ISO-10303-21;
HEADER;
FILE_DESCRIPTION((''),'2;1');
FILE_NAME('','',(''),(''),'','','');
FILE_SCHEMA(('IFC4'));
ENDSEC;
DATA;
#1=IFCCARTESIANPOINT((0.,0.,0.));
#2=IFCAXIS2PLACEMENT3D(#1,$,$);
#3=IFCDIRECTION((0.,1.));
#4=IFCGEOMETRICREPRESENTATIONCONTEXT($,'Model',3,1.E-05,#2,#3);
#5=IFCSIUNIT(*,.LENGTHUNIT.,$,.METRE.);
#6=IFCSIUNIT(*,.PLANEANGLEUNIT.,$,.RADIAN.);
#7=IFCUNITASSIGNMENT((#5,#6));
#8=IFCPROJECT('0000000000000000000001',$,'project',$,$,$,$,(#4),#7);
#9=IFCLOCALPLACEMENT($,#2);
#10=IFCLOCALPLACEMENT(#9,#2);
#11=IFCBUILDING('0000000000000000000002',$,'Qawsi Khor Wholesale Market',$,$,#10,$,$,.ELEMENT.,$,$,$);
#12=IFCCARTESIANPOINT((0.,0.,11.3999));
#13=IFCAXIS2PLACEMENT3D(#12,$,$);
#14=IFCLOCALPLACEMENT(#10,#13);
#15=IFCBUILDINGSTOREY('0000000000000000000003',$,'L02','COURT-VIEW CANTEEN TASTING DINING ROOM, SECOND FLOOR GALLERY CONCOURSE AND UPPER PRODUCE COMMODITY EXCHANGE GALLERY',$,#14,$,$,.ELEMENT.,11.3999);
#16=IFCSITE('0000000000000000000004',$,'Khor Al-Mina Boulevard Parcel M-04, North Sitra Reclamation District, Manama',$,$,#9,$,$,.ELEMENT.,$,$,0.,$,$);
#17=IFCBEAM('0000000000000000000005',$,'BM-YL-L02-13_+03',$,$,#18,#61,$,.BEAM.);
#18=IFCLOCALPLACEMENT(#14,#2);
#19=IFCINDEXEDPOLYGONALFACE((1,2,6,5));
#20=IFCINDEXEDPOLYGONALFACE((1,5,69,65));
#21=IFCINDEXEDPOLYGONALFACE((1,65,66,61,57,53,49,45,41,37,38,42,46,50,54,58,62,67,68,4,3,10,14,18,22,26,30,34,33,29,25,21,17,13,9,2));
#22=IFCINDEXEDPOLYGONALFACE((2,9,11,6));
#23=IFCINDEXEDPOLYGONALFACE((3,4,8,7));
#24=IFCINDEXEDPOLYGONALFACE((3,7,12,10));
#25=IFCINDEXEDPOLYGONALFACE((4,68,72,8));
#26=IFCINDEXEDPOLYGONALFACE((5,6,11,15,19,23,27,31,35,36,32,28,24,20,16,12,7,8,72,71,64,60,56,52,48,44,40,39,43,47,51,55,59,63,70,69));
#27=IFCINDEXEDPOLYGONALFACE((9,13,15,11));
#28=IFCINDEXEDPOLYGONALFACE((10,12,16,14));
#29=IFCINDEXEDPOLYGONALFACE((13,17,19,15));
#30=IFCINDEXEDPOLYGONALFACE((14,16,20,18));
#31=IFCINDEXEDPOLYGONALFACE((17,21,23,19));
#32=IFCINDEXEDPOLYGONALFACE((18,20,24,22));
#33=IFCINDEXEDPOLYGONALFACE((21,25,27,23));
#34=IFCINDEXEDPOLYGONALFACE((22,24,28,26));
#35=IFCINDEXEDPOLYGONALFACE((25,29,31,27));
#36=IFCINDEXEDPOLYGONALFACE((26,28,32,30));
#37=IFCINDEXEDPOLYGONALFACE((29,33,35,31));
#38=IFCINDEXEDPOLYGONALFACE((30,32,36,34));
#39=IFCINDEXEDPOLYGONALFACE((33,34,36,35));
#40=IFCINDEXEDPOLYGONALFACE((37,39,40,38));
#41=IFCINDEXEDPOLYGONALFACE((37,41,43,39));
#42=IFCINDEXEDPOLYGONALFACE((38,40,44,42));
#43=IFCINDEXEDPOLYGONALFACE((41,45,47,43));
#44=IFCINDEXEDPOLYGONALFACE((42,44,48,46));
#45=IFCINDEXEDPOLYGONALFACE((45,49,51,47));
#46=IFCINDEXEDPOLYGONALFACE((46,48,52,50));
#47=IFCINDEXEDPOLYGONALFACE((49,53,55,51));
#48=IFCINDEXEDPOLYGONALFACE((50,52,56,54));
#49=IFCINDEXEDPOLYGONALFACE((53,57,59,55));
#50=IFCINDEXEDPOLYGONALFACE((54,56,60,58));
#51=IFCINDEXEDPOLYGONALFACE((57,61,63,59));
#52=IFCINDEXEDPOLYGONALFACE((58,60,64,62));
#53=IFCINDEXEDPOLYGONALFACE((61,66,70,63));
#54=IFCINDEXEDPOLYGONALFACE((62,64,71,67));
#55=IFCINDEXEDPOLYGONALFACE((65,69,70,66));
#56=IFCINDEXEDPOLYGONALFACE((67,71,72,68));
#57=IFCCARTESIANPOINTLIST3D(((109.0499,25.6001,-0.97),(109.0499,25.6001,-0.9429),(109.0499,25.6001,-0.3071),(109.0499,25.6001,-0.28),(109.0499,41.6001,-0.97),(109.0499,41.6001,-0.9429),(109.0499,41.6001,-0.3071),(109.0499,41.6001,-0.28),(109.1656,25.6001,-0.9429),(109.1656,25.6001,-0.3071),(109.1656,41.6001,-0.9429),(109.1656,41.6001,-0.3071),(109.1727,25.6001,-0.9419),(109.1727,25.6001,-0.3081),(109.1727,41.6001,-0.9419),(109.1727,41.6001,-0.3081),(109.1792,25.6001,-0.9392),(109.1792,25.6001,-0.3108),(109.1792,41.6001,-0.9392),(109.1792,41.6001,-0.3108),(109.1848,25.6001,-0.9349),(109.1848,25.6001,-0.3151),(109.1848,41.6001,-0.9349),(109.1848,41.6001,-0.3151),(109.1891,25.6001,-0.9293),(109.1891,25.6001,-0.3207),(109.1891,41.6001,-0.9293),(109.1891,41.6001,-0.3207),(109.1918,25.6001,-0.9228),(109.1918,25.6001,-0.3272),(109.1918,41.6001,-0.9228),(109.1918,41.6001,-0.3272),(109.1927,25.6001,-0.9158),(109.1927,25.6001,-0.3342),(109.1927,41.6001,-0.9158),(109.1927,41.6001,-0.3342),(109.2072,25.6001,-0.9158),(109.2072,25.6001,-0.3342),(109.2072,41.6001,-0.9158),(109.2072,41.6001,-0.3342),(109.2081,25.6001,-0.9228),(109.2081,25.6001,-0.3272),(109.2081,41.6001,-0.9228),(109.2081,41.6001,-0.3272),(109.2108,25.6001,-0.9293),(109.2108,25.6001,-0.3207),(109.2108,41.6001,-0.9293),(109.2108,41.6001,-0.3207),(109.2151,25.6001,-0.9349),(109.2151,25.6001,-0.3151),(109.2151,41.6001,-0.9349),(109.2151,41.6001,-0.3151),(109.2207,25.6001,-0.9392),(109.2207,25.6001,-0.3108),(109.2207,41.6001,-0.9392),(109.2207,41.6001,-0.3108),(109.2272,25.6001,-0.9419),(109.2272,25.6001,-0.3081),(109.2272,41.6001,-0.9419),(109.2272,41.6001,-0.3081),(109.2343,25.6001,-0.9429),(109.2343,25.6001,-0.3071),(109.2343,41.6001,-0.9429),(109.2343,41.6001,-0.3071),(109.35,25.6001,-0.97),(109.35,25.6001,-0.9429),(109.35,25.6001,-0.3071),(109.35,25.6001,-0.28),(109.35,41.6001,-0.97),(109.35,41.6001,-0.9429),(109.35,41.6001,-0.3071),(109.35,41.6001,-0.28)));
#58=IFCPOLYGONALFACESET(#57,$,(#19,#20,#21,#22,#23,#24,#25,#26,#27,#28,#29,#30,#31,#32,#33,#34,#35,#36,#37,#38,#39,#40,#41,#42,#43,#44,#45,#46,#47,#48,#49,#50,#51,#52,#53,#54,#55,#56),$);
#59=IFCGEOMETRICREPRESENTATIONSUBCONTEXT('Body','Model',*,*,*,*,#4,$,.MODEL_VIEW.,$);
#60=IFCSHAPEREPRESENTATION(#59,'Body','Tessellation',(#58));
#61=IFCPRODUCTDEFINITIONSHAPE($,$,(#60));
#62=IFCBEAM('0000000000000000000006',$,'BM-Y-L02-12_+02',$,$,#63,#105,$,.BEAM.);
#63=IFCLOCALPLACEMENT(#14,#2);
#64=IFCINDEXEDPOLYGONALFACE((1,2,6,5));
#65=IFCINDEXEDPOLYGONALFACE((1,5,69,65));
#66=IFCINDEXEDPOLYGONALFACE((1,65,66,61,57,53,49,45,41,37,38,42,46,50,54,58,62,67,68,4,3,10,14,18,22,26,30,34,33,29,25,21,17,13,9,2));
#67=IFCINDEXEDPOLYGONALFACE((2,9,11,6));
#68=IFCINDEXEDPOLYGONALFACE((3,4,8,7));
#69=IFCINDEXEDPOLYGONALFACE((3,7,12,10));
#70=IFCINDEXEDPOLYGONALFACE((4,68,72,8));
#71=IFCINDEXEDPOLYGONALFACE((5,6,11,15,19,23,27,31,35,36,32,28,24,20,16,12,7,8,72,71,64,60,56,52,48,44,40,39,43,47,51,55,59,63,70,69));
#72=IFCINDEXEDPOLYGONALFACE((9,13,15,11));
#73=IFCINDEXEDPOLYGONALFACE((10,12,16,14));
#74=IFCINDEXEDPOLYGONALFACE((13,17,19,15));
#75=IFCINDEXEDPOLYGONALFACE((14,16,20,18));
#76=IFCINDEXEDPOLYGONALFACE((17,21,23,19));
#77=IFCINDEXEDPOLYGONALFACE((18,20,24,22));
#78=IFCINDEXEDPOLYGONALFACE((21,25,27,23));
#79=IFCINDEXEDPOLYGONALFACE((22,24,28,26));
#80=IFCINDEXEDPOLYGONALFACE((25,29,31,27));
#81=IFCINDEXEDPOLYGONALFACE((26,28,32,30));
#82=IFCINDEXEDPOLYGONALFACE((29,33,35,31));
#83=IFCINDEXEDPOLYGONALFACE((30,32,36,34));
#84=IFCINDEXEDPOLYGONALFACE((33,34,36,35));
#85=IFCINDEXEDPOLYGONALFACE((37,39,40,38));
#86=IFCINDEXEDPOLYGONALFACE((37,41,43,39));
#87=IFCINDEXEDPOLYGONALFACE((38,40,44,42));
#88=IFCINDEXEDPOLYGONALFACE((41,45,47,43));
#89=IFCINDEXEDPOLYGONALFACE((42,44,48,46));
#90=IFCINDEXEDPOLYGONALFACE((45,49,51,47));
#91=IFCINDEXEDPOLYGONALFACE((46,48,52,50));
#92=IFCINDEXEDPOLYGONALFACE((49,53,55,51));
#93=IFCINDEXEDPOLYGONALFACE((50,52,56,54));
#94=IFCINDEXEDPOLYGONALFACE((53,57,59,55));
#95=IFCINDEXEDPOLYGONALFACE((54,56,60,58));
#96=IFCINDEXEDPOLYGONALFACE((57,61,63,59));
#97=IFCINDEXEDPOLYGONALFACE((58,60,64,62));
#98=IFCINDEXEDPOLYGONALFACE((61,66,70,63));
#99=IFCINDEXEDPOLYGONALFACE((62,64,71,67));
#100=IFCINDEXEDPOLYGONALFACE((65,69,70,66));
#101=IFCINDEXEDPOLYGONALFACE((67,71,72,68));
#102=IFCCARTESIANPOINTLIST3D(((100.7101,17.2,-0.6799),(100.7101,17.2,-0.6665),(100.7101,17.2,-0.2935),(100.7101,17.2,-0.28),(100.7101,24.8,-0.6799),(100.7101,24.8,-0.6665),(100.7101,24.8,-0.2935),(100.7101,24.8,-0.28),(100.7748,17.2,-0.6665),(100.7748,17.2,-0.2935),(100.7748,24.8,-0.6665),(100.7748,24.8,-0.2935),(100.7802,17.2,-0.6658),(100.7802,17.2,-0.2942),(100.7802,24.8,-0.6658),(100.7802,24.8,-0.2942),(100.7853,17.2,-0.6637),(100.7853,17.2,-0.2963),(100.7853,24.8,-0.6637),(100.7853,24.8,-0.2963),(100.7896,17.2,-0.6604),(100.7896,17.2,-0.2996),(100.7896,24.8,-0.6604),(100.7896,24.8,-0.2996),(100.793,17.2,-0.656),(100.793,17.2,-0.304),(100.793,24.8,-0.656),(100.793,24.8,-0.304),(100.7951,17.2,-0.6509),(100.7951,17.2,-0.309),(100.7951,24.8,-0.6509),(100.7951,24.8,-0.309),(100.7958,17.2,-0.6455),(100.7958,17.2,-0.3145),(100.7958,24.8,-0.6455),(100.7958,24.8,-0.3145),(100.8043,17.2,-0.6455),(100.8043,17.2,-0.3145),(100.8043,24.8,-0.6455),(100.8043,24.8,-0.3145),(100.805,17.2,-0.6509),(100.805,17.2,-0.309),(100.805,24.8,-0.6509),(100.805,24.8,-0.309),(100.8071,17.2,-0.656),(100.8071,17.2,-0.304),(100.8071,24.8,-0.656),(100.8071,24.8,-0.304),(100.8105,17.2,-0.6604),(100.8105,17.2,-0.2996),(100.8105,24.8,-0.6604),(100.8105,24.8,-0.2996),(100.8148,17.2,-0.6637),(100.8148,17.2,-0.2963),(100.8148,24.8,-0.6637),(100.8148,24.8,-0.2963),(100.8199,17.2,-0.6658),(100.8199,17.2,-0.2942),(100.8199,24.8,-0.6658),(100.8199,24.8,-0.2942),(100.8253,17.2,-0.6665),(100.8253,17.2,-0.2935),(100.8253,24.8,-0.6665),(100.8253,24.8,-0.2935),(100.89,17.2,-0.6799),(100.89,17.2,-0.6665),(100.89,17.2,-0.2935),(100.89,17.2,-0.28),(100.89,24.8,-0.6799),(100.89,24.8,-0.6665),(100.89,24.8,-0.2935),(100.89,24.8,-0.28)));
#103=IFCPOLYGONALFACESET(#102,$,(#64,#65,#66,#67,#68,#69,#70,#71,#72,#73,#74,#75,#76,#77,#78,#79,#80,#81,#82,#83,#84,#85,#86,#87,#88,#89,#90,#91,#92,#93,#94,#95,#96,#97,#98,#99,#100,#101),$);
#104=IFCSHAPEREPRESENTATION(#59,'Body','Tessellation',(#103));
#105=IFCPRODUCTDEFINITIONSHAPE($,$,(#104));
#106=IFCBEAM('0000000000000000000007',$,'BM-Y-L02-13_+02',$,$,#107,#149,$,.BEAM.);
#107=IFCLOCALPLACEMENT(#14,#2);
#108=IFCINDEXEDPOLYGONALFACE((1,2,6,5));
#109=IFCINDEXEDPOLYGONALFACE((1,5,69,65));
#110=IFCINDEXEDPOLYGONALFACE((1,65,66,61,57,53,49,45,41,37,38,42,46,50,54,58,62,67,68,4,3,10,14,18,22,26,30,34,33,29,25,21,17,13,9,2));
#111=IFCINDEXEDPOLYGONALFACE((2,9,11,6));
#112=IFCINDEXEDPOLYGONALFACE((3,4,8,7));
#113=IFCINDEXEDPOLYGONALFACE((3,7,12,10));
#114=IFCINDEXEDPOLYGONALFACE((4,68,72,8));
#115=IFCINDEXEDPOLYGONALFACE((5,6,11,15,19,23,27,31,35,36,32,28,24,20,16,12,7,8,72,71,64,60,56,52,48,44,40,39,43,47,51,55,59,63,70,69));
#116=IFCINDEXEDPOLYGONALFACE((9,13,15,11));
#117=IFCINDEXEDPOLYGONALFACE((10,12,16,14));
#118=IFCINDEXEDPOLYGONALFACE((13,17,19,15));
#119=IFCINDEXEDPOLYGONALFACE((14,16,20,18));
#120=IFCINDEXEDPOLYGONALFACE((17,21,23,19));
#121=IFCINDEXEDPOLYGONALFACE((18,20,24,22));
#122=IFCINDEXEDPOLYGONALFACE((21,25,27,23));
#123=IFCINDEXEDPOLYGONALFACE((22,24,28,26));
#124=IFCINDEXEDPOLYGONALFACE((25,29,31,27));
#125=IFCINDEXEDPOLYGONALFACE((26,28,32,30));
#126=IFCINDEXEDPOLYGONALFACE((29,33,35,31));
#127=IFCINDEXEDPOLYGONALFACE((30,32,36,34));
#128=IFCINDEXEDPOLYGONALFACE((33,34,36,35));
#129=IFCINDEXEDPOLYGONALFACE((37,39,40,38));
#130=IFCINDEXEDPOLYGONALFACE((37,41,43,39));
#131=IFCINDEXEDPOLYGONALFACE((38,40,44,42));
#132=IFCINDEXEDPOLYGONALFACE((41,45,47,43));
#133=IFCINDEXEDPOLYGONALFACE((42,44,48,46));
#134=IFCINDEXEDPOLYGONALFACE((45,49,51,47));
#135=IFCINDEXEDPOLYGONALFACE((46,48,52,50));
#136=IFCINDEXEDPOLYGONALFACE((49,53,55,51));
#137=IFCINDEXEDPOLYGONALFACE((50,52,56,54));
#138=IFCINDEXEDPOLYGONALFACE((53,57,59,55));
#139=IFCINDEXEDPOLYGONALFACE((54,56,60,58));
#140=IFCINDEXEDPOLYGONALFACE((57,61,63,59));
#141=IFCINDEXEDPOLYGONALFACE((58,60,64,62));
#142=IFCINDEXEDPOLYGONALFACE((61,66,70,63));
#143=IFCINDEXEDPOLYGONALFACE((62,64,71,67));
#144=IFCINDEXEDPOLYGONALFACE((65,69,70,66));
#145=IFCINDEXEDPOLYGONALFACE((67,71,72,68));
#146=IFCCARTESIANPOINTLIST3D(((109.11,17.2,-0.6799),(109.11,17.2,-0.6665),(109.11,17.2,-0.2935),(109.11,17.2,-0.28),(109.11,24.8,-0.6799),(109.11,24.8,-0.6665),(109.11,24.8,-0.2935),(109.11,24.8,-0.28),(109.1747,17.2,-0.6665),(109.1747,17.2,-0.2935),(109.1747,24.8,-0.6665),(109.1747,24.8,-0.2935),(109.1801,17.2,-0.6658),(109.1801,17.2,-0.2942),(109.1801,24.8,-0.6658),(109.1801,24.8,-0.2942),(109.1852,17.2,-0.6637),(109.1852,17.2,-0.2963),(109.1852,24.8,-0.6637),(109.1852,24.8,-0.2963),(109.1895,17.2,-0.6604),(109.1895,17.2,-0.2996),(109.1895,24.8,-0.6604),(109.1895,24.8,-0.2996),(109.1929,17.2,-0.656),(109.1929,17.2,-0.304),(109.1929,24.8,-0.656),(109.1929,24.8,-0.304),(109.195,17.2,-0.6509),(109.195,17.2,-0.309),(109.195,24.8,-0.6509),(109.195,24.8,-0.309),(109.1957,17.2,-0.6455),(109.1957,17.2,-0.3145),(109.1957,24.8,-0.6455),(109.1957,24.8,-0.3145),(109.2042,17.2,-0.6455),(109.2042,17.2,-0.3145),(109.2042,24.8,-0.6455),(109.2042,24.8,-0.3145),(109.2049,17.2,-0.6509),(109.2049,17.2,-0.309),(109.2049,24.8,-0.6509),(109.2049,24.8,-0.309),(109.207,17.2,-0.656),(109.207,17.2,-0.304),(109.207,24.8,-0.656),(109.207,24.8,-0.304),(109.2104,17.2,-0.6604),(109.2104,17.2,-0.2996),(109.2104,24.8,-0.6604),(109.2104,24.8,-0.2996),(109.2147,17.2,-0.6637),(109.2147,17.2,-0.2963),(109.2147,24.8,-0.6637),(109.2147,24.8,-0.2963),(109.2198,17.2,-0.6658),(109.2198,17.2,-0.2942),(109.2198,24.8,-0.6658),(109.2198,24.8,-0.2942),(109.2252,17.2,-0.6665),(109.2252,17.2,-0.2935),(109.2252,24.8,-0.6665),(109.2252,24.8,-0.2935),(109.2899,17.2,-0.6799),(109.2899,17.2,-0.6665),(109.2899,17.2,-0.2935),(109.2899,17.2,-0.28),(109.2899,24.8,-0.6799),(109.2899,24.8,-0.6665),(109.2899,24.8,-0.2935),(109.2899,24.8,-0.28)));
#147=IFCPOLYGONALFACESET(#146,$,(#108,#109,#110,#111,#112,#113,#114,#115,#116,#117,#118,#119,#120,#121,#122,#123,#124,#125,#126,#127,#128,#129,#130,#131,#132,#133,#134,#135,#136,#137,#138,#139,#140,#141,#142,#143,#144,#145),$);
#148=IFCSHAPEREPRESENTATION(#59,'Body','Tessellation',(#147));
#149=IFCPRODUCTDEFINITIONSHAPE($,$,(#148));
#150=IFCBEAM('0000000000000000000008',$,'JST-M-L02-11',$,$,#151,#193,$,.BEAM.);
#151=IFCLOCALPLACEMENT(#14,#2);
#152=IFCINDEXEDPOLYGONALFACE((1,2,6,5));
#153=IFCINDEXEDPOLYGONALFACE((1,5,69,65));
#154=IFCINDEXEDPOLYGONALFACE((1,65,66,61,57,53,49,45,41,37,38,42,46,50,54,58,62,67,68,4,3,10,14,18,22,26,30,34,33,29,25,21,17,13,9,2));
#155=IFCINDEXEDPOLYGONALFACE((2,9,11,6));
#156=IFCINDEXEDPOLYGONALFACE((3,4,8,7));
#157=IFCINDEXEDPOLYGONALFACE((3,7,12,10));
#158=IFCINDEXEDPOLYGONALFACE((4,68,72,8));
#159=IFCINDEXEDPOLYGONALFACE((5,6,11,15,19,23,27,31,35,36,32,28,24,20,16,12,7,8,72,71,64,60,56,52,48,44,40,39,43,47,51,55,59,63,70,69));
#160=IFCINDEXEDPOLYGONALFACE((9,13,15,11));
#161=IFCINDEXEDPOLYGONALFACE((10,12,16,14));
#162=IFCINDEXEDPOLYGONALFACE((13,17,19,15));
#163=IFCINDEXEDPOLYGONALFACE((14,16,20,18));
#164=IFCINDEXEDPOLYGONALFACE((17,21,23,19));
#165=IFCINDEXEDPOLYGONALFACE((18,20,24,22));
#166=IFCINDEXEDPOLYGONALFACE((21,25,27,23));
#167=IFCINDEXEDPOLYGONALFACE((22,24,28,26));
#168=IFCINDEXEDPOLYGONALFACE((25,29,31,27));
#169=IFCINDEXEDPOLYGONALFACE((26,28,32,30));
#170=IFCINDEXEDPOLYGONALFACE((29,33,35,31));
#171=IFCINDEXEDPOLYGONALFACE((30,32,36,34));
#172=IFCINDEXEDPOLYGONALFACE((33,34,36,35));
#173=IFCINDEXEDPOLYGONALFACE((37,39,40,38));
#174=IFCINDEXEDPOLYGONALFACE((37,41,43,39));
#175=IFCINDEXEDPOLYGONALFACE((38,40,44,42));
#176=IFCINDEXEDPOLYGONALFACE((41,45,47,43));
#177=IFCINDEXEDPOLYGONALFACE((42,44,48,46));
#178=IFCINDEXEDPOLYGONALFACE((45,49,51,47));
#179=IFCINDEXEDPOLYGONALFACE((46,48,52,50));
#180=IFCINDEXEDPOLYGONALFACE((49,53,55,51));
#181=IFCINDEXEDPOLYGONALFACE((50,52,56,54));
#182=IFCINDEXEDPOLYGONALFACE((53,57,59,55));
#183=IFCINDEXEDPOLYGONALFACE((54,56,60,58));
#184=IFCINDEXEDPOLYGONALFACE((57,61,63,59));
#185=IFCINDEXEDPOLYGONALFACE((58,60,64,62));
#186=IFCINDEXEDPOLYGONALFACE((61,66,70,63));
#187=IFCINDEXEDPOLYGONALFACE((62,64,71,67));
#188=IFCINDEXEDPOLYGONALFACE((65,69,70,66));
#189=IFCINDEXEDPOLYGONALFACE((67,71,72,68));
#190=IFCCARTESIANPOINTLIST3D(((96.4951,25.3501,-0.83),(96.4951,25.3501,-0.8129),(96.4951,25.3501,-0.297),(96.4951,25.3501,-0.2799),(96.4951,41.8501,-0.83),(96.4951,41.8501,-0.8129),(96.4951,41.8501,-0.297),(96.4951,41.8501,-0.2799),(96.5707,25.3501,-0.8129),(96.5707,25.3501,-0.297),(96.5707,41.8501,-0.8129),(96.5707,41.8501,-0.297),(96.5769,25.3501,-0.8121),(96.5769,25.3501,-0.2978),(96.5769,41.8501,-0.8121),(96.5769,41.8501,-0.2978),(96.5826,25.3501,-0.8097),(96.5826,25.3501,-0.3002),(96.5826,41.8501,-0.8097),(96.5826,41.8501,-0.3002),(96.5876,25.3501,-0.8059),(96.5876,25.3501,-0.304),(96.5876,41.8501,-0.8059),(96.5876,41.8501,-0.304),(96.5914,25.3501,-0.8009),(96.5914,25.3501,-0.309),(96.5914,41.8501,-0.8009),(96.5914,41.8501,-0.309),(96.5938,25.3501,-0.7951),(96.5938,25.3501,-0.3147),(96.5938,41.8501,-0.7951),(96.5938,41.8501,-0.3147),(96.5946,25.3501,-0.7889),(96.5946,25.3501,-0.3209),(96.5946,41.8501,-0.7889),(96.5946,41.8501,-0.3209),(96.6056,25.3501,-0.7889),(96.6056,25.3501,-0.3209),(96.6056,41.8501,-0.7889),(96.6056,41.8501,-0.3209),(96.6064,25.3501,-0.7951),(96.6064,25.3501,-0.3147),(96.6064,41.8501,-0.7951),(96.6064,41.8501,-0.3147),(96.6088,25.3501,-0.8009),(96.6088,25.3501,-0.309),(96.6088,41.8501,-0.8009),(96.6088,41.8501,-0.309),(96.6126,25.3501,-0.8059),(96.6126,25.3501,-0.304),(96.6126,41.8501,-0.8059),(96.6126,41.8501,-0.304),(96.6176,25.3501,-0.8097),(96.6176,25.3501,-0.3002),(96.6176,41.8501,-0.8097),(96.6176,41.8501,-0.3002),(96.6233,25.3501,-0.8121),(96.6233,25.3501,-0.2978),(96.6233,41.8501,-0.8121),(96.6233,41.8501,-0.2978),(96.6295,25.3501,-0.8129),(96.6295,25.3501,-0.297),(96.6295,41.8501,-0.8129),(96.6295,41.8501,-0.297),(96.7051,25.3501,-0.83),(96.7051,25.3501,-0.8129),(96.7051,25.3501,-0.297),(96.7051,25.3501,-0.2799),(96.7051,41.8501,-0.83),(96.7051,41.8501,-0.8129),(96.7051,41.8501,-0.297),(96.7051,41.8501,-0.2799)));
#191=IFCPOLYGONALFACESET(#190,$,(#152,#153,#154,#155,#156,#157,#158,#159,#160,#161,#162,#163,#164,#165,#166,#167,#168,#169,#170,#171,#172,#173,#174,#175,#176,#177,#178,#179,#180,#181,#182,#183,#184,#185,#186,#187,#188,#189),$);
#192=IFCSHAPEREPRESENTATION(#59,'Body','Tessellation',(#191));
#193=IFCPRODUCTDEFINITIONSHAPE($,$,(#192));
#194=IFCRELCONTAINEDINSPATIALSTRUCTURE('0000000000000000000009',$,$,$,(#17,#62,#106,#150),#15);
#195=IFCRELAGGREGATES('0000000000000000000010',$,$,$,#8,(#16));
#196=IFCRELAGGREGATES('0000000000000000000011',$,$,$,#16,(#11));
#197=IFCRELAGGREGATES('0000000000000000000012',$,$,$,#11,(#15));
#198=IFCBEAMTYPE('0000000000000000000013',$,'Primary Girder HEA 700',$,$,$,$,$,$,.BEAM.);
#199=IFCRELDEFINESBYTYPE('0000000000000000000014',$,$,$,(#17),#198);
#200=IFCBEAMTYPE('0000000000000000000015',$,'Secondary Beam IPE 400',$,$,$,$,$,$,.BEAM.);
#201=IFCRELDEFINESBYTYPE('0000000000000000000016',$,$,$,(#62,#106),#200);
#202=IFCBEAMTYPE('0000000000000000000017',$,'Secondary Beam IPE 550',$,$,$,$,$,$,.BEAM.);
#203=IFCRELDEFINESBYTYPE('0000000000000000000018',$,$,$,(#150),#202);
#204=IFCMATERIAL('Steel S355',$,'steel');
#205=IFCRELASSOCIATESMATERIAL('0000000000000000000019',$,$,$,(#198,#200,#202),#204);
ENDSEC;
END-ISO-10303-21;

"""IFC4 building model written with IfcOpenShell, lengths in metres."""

from ifc_helpers import new_model, si_unit, direction, frame, origin, origin_2d, place, context, subcontext, project, spatial, i_section, extrude, material, material_profile, profile_set, type_object, element, save


model = new_model("IFC4")

# Units and contexts
model_context = context("Model", 3, precision=1e-05, world=origin(), true_north=direction((0.0, 1.0)))
body_context = subcontext(model_context, "Body", "Model", "MODEL_VIEW")
ifc_project = project(units=[si_unit("LENGTHUNIT", "METRE"), si_unit("PLANEANGLEUNIT", "RADIAN")], contexts=[model_context])

# Site, building, storey
site_placement = place(None, origin())
site = spatial("IfcSite", under=ifc_project, at=site_placement, Name="Khor Al-Mina Boulevard Parcel M-04, North Sitra Reclamation District, Manama", CompositionType="ELEMENT", RefElevation=0.0)
building_placement = place(site_placement, origin())
building = spatial("IfcBuilding", under=site, at=building_placement, Name="Qawsi Khor Wholesale Market", CompositionType="ELEMENT")
storey_placement = place(building_placement, frame((0.0, 0.0, 11.3999)))
storey = spatial("IfcBuildingStorey", under=building, at=storey_placement, Name="L02", Description="COURT-VIEW CANTEEN TASTING DINING ROOM, SECOND FLOOR GALLERY CONCOURSE AND UPPER PRODUCE COMMODITY EXCHANGE GALLERY", CompositionType="ELEMENT", Elevation=11.3999)

# Beams
ifc_material_1 = material(Name="Steel S355", Category="steel")
ifc_material_profile_1 = material_profile(ifc_material_1, i_section(OverallWidth=0.3, OverallDepth=0.6899, WebThickness=0.0144, FlangeThickness=0.0271, FilletRadius=0.0271, at=origin_2d()), Name="HEA 700")
ifc_profile_set_1 = profile_set([ifc_material_profile_1], Name="Steel S355")
beam_type_1 = type_object("IfcBeamType", Name="Primary Girder HEA 700", PredefinedType="BEAM", material=ifc_profile_set_1)
for number, where, z_axis, x_axis, name in (
    (1, (109.2, 25.6001, -0.625), (0.0, 1.0, 0.0), (-1.0, 0.0, 0.0), "BM-YL-L02-13_+03"),
):
    element("IfcBeam", number, at=place(storey_placement, frame(where, z_axis=z_axis, x_axis=x_axis)), inside=storey, type_object=beam_type_1, Name=name, PredefinedType="BEAM", context=body_context, shape_type="SweptSolid", body=[
        extrude(i_section(OverallWidth=0.3, OverallDepth=0.6899, WebThickness=0.0144, FlangeThickness=0.0271, FilletRadius=0.0271, at=origin_2d()), origin(), (0.0, 0.0, 1.0), 16.0),
    ])
ifc_material_profile_2 = material_profile(ifc_material_1, i_section(OverallWidth=0.1799, OverallDepth=0.3999, WebThickness=0.0085, FlangeThickness=0.0134, FilletRadius=0.021, at=origin_2d()), Name="IPE 400")
ifc_profile_set_2 = profile_set([ifc_material_profile_2], Name="Steel S355")
beam_type_2 = type_object("IfcBeamType", Name="Secondary Beam IPE 400", PredefinedType="BEAM", material=ifc_profile_set_2)
for number, where, z_axis, x_axis, name in (
    (2, (100.8, 17.2, -0.48), (0.0, 1.0, 0.0), (-1.0, 0.0, 0.0), "BM-Y-L02-12_+02"),
    (3, (109.2, 17.2, -0.48), (0.0, 1.0, 0.0), (-1.0, 0.0, 0.0), "BM-Y-L02-13_+02"),
):
    element("IfcBeam", number, at=place(storey_placement, frame(where, z_axis=z_axis, x_axis=x_axis)), inside=storey, type_object=beam_type_2, Name=name, PredefinedType="BEAM", context=body_context, shape_type="SweptSolid", body=[
        extrude(i_section(OverallWidth=0.1799, OverallDepth=0.3999, WebThickness=0.0085, FlangeThickness=0.0134, FilletRadius=0.021, at=origin_2d()), origin(), (0.0, 0.0, 1.0), 7.6001),
    ])
ifc_material_profile_3 = material_profile(ifc_material_1, i_section(OverallWidth=0.21, OverallDepth=0.55, WebThickness=0.011, FlangeThickness=0.0171, FilletRadius=0.0239, at=origin_2d()), Name="IPE 550")
ifc_profile_set_3 = profile_set([ifc_material_profile_3], Name="Steel S355")
beam_type_3 = type_object("IfcBeamType", Name="Secondary Beam IPE 550", PredefinedType="BEAM", material=ifc_profile_set_3)
for number, where, z_axis, x_axis, name in (
    (4, (96.6001, 25.3501, -0.5549), (0.0, 1.0, 0.0), (-1.0, 0.0, 0.0), "JST-M-L02-11"),
):
    element("IfcBeam", number, at=place(storey_placement, frame(where, z_axis=z_axis, x_axis=x_axis)), inside=storey, type_object=beam_type_3, Name=name, PredefinedType="BEAM", context=body_context, shape_type="SweptSolid", body=[
        extrude(i_section(OverallWidth=0.21, OverallDepth=0.55, WebThickness=0.011, FlangeThickness=0.0171, FilletRadius=0.0239, at=origin_2d()), origin(), (0.0, 0.0, 1.0), 16.5),
    ])

save(model, "model.ifc")
